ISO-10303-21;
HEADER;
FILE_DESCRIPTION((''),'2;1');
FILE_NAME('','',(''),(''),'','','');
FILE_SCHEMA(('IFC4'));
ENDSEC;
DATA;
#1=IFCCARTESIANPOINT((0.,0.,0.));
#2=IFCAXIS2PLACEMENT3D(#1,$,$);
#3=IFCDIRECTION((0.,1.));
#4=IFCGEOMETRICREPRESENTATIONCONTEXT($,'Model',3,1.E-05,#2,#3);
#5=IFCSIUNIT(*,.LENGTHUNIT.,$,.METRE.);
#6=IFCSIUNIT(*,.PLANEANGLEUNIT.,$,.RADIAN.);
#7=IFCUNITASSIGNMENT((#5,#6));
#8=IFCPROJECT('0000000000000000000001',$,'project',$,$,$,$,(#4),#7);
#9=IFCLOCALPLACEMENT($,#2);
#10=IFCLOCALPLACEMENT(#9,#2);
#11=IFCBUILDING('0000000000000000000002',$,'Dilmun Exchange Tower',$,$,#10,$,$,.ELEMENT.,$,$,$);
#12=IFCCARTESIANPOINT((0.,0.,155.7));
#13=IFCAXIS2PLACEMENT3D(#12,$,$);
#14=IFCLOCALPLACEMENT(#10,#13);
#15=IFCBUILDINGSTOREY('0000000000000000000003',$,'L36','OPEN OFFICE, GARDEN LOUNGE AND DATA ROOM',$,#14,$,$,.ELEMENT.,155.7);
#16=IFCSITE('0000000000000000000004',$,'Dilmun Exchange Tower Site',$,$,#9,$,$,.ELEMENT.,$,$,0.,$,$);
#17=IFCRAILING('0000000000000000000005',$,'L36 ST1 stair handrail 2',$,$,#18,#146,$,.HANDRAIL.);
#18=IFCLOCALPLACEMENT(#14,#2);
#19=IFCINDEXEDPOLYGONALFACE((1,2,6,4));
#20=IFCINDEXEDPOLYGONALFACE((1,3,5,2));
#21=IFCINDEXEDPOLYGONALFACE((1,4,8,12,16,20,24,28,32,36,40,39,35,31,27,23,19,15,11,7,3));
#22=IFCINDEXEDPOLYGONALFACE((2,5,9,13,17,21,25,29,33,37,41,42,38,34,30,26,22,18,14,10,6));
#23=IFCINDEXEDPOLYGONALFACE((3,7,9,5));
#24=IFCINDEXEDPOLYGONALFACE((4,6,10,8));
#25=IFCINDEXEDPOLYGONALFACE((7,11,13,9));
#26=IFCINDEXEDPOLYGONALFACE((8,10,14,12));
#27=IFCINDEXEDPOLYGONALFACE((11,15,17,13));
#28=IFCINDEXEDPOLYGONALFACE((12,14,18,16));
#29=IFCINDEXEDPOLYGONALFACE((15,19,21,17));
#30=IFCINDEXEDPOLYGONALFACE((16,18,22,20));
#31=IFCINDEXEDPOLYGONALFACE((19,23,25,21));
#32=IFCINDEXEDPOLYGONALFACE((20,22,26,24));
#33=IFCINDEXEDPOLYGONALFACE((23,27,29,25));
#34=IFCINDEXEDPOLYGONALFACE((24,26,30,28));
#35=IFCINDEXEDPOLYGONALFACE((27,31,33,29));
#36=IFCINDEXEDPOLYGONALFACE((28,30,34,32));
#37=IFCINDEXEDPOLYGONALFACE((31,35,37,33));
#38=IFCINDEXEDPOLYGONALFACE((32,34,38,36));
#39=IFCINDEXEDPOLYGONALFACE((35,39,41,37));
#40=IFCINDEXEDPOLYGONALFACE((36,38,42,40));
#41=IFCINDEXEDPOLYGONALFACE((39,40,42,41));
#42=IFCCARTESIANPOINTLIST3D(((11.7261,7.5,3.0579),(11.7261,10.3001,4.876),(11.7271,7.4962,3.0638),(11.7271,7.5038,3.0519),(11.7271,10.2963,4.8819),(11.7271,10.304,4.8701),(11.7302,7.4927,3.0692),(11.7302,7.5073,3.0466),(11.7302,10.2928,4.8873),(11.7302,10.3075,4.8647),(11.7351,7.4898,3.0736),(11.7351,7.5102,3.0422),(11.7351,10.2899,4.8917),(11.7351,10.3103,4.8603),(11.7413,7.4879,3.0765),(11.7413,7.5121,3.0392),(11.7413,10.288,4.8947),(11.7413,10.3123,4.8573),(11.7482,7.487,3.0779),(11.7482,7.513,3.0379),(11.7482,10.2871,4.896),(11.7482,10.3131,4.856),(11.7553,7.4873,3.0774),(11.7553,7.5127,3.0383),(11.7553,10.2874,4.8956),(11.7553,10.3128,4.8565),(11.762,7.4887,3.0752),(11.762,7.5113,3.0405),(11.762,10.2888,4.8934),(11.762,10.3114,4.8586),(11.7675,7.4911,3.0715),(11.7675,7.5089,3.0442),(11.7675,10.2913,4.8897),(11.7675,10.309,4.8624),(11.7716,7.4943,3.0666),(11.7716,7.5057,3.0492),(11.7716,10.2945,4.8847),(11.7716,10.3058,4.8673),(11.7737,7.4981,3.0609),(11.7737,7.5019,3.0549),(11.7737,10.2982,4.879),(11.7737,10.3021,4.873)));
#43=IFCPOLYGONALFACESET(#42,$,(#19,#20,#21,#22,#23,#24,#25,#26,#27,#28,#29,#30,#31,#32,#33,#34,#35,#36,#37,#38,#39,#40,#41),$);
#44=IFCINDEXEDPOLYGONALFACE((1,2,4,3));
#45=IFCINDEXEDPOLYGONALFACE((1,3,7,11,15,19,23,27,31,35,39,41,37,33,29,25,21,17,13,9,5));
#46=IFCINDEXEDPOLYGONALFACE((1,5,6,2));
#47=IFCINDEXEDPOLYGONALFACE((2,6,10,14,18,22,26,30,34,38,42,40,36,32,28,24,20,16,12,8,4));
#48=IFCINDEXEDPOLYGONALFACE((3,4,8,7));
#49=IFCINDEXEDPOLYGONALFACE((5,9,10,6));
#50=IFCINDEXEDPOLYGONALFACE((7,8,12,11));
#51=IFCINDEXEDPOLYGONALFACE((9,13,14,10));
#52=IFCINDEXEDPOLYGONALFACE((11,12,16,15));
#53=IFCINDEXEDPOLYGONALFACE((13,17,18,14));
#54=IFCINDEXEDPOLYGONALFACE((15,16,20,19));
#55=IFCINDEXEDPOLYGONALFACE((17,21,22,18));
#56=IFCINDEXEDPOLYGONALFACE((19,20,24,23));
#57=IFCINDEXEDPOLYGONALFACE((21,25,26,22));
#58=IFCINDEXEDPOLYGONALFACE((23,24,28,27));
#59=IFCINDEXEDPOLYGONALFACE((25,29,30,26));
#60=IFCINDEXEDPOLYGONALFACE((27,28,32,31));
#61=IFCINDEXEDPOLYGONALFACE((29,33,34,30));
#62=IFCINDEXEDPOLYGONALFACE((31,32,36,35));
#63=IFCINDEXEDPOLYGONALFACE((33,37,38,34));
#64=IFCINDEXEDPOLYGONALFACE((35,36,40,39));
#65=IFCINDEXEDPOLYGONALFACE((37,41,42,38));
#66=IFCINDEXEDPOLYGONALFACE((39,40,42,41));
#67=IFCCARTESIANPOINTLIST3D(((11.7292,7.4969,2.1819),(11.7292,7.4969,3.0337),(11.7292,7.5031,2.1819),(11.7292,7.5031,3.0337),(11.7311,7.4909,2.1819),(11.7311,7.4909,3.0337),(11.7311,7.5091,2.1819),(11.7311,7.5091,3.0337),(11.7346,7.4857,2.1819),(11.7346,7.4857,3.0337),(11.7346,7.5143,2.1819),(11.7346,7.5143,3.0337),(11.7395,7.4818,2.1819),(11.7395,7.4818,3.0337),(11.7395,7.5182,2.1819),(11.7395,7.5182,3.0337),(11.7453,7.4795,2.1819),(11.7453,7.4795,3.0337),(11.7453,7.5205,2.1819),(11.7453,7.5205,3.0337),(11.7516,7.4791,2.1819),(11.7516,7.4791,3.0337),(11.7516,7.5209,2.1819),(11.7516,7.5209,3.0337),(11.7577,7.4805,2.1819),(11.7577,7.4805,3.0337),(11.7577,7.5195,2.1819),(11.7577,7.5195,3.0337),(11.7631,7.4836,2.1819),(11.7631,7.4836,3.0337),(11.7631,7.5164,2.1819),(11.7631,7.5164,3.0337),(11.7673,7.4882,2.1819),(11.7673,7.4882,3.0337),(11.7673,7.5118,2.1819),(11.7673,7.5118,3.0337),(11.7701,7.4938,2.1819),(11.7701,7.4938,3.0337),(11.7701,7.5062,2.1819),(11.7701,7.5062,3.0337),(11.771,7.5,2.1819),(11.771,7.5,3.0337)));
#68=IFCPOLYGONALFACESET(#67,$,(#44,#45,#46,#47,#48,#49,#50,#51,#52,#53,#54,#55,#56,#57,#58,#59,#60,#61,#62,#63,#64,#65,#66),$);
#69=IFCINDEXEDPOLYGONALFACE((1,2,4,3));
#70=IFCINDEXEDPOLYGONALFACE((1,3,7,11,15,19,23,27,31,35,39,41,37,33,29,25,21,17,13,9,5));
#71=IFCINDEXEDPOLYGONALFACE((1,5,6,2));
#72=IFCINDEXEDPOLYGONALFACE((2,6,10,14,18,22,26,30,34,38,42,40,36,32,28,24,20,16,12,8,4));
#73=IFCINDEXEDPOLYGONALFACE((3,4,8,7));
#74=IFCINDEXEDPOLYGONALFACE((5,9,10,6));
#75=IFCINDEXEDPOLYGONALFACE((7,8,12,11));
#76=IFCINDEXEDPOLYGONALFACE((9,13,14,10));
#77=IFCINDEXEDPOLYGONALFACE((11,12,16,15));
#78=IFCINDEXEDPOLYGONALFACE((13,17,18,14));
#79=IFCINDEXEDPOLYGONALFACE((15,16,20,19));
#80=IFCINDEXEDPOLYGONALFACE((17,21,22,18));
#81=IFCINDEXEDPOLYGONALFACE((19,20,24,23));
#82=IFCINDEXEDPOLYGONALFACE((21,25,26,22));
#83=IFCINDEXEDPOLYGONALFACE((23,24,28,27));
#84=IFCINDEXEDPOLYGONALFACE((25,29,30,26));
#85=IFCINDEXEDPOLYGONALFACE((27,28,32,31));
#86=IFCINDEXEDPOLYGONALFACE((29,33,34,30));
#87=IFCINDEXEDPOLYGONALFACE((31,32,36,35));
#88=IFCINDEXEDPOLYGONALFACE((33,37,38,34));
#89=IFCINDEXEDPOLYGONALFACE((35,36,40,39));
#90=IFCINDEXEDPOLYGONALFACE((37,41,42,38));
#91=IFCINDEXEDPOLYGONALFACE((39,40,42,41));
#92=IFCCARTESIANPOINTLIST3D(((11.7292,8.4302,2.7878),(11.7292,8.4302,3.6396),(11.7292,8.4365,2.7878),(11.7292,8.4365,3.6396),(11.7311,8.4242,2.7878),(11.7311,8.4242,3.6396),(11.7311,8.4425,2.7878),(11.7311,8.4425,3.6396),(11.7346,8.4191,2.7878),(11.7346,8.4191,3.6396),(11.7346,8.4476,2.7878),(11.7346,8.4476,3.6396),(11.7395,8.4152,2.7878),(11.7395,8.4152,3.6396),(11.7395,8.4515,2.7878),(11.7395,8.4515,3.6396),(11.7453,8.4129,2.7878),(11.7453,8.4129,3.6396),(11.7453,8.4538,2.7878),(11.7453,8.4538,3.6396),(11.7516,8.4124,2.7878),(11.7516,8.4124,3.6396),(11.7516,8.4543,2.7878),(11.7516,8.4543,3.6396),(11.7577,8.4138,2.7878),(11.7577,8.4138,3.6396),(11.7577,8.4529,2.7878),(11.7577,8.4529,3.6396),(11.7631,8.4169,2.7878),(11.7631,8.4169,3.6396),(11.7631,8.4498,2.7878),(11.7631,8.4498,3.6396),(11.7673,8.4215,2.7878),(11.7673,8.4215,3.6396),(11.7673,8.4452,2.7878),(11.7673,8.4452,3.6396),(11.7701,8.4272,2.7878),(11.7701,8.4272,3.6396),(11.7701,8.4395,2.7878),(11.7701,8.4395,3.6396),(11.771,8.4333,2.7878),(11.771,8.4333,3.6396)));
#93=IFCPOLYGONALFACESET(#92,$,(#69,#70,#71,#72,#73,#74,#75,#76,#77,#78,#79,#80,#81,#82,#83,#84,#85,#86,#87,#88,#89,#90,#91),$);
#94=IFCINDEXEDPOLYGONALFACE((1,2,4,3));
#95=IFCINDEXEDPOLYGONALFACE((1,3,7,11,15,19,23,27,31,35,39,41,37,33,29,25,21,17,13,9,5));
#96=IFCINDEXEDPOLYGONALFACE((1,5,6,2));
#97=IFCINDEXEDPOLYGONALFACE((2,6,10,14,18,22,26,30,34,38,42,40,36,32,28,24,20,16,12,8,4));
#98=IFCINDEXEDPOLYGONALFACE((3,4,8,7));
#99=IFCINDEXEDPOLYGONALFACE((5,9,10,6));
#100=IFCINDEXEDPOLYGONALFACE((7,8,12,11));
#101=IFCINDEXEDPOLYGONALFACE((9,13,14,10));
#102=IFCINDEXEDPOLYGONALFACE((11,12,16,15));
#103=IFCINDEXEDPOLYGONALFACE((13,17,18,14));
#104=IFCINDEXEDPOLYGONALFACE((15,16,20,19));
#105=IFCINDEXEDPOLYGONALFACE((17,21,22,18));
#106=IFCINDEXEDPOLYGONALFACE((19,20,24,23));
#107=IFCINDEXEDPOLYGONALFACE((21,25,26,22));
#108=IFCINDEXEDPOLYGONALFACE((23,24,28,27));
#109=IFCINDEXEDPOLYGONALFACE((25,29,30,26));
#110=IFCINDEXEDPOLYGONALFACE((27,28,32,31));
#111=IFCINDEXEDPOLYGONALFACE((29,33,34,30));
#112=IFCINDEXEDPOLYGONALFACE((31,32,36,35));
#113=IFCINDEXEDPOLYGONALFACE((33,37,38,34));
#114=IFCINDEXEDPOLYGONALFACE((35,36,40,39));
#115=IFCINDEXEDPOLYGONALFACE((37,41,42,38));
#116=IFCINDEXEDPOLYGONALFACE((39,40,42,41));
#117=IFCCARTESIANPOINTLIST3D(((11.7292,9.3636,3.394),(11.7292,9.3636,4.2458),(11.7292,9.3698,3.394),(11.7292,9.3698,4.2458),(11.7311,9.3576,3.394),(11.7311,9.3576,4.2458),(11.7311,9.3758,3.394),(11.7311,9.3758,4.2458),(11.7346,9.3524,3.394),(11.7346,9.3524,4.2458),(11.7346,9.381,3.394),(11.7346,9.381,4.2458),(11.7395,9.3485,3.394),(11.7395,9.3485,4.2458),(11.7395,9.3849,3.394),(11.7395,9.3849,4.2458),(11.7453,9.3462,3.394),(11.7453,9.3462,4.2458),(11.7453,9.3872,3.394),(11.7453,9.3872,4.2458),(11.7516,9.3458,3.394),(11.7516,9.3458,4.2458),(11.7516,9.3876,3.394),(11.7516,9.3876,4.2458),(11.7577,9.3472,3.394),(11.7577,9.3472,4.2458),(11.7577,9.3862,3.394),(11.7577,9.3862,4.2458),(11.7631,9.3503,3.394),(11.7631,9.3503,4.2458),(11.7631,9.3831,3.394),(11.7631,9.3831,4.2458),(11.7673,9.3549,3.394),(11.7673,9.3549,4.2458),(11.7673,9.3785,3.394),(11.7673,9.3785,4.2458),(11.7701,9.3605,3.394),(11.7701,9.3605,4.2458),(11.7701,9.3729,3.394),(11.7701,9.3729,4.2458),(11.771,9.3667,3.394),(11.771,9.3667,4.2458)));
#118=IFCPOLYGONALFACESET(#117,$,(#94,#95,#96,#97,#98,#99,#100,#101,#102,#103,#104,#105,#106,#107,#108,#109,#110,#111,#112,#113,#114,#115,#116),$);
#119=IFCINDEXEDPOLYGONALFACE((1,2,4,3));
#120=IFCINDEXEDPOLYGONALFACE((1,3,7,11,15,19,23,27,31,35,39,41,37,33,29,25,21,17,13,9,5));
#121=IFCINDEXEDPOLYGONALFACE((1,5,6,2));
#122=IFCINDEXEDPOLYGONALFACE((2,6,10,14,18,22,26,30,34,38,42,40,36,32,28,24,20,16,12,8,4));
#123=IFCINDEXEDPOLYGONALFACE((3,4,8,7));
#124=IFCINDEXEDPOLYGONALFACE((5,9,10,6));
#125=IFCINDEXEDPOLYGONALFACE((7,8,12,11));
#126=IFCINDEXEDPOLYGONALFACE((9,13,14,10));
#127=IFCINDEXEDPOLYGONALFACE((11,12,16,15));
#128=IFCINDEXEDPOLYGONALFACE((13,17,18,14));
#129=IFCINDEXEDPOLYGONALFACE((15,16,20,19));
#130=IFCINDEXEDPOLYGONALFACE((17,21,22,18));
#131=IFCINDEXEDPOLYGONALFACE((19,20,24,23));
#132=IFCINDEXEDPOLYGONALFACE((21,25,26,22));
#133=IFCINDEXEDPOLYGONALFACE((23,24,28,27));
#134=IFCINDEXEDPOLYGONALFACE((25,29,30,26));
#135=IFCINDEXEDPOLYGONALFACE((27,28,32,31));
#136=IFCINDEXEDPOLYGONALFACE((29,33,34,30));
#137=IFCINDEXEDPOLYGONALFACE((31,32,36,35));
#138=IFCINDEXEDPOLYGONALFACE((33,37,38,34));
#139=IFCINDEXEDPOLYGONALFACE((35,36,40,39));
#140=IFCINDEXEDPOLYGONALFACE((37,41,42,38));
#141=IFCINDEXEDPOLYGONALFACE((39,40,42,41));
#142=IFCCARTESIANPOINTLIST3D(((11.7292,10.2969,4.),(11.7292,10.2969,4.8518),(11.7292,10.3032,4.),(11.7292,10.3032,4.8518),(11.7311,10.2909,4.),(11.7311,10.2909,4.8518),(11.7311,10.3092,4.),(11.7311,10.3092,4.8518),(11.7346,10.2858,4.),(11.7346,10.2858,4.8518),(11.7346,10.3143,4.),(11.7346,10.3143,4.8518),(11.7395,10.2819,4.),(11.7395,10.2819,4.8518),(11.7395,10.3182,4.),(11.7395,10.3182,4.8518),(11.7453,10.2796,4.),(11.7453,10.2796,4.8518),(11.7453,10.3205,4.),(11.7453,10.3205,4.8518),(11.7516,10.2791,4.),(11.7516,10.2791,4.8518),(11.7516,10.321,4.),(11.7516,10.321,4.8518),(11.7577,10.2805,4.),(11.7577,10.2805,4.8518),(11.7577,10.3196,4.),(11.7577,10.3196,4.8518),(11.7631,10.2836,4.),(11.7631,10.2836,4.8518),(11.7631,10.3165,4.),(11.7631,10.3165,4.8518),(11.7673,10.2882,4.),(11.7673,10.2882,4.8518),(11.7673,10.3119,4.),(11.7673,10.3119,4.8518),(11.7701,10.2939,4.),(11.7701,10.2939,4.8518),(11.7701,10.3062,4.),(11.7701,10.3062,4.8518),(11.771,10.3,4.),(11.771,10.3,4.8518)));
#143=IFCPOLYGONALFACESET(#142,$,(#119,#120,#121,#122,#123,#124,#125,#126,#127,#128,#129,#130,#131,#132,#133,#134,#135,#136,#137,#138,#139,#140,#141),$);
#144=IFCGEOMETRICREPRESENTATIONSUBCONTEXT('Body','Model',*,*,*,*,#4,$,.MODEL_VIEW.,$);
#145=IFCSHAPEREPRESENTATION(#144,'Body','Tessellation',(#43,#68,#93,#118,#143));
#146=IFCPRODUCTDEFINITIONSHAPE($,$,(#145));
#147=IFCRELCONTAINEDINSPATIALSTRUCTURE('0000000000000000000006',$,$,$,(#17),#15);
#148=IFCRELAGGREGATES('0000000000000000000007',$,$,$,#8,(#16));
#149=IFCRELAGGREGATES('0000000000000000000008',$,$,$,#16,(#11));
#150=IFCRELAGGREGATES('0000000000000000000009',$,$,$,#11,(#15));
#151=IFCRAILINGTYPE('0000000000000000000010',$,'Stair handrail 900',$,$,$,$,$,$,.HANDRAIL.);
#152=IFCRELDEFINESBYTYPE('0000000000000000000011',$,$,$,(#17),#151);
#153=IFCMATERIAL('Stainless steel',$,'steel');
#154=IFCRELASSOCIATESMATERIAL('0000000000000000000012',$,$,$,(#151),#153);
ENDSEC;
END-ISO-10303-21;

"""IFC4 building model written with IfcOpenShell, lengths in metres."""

from ifc_helpers import new_model, si_unit, direction, frame, origin, origin_2d, place, context, subcontext, project, spatial, circle, extrude, material, type_object, element, save


model = new_model("IFC4")

# Units and contexts
model_context = context("Model", 3, precision=1e-05, world=origin(), true_north=direction((0.0, 1.0)))
body_context = subcontext(model_context, "Body", "Model", "MODEL_VIEW")
ifc_project = project(units=[si_unit("LENGTHUNIT", "METRE"), si_unit("PLANEANGLEUNIT", "RADIAN")], contexts=[model_context])

# Site, building, storey
site_placement = place(None, origin())
site = spatial("IfcSite", under=ifc_project, at=site_placement, Name="Dilmun Exchange Tower Site", CompositionType="ELEMENT", RefElevation=0.0)
building_placement = place(site_placement, origin())
building = spatial("IfcBuilding", under=site, at=building_placement, Name="Dilmun Exchange Tower", CompositionType="ELEMENT")
storey_placement = place(building_placement, frame((0.0, 0.0, 155.7)))
storey = spatial("IfcBuildingStorey", under=building, at=storey_placement, Name="L36", Description="OPEN OFFICE, GARDEN LOUNGE AND DATA ROOM", CompositionType="ELEMENT", Elevation=155.7)

# Railing
ifc_material_1 = material(Name="Stainless steel", Category="steel")
railing_type = type_object("IfcRailingType", Name="Stair handrail 900", PredefinedType="HANDRAIL", material=ifc_material_1)
railing_1_placement = place(storey_placement, frame((11.75, 7.5, 2.1819)))
element("IfcRailing", 1, at=railing_1_placement, inside=storey, type_object=railing_type, Name="L36 ST1 stair handrail 2", PredefinedType="HANDRAIL", context=body_context, shape_type="SweptSolid", body=[
    extrude(circle(Radius=0.0239, at=origin_2d()), frame((0.0, 0.0, 0.876), z_axis=(0.0, 0.838706, 0.544585), x_axis=(-1.0, 0.0, 0.0)), (0.0, 0.0, 1.0), 3.3386),
    extrude(circle(Radius=0.021, at=origin_2d()), origin(), (0.0, 0.0, 1.0), 0.8518),
    extrude(circle(Radius=0.021, at=origin_2d()), frame((0.0, 0.9333, 0.606)), (0.0, 0.0, 1.0), 0.8518),
    extrude(circle(Radius=0.021, at=origin_2d()), frame((0.0, 1.8667, 1.2122)), (0.0, 0.0, 1.0), 0.8518),
    extrude(circle(Radius=0.021, at=origin_2d()), frame((0.0, 2.8, 1.8181)), (0.0, 0.0, 1.0), 0.8518),
])

save(model, "model.ifc")
